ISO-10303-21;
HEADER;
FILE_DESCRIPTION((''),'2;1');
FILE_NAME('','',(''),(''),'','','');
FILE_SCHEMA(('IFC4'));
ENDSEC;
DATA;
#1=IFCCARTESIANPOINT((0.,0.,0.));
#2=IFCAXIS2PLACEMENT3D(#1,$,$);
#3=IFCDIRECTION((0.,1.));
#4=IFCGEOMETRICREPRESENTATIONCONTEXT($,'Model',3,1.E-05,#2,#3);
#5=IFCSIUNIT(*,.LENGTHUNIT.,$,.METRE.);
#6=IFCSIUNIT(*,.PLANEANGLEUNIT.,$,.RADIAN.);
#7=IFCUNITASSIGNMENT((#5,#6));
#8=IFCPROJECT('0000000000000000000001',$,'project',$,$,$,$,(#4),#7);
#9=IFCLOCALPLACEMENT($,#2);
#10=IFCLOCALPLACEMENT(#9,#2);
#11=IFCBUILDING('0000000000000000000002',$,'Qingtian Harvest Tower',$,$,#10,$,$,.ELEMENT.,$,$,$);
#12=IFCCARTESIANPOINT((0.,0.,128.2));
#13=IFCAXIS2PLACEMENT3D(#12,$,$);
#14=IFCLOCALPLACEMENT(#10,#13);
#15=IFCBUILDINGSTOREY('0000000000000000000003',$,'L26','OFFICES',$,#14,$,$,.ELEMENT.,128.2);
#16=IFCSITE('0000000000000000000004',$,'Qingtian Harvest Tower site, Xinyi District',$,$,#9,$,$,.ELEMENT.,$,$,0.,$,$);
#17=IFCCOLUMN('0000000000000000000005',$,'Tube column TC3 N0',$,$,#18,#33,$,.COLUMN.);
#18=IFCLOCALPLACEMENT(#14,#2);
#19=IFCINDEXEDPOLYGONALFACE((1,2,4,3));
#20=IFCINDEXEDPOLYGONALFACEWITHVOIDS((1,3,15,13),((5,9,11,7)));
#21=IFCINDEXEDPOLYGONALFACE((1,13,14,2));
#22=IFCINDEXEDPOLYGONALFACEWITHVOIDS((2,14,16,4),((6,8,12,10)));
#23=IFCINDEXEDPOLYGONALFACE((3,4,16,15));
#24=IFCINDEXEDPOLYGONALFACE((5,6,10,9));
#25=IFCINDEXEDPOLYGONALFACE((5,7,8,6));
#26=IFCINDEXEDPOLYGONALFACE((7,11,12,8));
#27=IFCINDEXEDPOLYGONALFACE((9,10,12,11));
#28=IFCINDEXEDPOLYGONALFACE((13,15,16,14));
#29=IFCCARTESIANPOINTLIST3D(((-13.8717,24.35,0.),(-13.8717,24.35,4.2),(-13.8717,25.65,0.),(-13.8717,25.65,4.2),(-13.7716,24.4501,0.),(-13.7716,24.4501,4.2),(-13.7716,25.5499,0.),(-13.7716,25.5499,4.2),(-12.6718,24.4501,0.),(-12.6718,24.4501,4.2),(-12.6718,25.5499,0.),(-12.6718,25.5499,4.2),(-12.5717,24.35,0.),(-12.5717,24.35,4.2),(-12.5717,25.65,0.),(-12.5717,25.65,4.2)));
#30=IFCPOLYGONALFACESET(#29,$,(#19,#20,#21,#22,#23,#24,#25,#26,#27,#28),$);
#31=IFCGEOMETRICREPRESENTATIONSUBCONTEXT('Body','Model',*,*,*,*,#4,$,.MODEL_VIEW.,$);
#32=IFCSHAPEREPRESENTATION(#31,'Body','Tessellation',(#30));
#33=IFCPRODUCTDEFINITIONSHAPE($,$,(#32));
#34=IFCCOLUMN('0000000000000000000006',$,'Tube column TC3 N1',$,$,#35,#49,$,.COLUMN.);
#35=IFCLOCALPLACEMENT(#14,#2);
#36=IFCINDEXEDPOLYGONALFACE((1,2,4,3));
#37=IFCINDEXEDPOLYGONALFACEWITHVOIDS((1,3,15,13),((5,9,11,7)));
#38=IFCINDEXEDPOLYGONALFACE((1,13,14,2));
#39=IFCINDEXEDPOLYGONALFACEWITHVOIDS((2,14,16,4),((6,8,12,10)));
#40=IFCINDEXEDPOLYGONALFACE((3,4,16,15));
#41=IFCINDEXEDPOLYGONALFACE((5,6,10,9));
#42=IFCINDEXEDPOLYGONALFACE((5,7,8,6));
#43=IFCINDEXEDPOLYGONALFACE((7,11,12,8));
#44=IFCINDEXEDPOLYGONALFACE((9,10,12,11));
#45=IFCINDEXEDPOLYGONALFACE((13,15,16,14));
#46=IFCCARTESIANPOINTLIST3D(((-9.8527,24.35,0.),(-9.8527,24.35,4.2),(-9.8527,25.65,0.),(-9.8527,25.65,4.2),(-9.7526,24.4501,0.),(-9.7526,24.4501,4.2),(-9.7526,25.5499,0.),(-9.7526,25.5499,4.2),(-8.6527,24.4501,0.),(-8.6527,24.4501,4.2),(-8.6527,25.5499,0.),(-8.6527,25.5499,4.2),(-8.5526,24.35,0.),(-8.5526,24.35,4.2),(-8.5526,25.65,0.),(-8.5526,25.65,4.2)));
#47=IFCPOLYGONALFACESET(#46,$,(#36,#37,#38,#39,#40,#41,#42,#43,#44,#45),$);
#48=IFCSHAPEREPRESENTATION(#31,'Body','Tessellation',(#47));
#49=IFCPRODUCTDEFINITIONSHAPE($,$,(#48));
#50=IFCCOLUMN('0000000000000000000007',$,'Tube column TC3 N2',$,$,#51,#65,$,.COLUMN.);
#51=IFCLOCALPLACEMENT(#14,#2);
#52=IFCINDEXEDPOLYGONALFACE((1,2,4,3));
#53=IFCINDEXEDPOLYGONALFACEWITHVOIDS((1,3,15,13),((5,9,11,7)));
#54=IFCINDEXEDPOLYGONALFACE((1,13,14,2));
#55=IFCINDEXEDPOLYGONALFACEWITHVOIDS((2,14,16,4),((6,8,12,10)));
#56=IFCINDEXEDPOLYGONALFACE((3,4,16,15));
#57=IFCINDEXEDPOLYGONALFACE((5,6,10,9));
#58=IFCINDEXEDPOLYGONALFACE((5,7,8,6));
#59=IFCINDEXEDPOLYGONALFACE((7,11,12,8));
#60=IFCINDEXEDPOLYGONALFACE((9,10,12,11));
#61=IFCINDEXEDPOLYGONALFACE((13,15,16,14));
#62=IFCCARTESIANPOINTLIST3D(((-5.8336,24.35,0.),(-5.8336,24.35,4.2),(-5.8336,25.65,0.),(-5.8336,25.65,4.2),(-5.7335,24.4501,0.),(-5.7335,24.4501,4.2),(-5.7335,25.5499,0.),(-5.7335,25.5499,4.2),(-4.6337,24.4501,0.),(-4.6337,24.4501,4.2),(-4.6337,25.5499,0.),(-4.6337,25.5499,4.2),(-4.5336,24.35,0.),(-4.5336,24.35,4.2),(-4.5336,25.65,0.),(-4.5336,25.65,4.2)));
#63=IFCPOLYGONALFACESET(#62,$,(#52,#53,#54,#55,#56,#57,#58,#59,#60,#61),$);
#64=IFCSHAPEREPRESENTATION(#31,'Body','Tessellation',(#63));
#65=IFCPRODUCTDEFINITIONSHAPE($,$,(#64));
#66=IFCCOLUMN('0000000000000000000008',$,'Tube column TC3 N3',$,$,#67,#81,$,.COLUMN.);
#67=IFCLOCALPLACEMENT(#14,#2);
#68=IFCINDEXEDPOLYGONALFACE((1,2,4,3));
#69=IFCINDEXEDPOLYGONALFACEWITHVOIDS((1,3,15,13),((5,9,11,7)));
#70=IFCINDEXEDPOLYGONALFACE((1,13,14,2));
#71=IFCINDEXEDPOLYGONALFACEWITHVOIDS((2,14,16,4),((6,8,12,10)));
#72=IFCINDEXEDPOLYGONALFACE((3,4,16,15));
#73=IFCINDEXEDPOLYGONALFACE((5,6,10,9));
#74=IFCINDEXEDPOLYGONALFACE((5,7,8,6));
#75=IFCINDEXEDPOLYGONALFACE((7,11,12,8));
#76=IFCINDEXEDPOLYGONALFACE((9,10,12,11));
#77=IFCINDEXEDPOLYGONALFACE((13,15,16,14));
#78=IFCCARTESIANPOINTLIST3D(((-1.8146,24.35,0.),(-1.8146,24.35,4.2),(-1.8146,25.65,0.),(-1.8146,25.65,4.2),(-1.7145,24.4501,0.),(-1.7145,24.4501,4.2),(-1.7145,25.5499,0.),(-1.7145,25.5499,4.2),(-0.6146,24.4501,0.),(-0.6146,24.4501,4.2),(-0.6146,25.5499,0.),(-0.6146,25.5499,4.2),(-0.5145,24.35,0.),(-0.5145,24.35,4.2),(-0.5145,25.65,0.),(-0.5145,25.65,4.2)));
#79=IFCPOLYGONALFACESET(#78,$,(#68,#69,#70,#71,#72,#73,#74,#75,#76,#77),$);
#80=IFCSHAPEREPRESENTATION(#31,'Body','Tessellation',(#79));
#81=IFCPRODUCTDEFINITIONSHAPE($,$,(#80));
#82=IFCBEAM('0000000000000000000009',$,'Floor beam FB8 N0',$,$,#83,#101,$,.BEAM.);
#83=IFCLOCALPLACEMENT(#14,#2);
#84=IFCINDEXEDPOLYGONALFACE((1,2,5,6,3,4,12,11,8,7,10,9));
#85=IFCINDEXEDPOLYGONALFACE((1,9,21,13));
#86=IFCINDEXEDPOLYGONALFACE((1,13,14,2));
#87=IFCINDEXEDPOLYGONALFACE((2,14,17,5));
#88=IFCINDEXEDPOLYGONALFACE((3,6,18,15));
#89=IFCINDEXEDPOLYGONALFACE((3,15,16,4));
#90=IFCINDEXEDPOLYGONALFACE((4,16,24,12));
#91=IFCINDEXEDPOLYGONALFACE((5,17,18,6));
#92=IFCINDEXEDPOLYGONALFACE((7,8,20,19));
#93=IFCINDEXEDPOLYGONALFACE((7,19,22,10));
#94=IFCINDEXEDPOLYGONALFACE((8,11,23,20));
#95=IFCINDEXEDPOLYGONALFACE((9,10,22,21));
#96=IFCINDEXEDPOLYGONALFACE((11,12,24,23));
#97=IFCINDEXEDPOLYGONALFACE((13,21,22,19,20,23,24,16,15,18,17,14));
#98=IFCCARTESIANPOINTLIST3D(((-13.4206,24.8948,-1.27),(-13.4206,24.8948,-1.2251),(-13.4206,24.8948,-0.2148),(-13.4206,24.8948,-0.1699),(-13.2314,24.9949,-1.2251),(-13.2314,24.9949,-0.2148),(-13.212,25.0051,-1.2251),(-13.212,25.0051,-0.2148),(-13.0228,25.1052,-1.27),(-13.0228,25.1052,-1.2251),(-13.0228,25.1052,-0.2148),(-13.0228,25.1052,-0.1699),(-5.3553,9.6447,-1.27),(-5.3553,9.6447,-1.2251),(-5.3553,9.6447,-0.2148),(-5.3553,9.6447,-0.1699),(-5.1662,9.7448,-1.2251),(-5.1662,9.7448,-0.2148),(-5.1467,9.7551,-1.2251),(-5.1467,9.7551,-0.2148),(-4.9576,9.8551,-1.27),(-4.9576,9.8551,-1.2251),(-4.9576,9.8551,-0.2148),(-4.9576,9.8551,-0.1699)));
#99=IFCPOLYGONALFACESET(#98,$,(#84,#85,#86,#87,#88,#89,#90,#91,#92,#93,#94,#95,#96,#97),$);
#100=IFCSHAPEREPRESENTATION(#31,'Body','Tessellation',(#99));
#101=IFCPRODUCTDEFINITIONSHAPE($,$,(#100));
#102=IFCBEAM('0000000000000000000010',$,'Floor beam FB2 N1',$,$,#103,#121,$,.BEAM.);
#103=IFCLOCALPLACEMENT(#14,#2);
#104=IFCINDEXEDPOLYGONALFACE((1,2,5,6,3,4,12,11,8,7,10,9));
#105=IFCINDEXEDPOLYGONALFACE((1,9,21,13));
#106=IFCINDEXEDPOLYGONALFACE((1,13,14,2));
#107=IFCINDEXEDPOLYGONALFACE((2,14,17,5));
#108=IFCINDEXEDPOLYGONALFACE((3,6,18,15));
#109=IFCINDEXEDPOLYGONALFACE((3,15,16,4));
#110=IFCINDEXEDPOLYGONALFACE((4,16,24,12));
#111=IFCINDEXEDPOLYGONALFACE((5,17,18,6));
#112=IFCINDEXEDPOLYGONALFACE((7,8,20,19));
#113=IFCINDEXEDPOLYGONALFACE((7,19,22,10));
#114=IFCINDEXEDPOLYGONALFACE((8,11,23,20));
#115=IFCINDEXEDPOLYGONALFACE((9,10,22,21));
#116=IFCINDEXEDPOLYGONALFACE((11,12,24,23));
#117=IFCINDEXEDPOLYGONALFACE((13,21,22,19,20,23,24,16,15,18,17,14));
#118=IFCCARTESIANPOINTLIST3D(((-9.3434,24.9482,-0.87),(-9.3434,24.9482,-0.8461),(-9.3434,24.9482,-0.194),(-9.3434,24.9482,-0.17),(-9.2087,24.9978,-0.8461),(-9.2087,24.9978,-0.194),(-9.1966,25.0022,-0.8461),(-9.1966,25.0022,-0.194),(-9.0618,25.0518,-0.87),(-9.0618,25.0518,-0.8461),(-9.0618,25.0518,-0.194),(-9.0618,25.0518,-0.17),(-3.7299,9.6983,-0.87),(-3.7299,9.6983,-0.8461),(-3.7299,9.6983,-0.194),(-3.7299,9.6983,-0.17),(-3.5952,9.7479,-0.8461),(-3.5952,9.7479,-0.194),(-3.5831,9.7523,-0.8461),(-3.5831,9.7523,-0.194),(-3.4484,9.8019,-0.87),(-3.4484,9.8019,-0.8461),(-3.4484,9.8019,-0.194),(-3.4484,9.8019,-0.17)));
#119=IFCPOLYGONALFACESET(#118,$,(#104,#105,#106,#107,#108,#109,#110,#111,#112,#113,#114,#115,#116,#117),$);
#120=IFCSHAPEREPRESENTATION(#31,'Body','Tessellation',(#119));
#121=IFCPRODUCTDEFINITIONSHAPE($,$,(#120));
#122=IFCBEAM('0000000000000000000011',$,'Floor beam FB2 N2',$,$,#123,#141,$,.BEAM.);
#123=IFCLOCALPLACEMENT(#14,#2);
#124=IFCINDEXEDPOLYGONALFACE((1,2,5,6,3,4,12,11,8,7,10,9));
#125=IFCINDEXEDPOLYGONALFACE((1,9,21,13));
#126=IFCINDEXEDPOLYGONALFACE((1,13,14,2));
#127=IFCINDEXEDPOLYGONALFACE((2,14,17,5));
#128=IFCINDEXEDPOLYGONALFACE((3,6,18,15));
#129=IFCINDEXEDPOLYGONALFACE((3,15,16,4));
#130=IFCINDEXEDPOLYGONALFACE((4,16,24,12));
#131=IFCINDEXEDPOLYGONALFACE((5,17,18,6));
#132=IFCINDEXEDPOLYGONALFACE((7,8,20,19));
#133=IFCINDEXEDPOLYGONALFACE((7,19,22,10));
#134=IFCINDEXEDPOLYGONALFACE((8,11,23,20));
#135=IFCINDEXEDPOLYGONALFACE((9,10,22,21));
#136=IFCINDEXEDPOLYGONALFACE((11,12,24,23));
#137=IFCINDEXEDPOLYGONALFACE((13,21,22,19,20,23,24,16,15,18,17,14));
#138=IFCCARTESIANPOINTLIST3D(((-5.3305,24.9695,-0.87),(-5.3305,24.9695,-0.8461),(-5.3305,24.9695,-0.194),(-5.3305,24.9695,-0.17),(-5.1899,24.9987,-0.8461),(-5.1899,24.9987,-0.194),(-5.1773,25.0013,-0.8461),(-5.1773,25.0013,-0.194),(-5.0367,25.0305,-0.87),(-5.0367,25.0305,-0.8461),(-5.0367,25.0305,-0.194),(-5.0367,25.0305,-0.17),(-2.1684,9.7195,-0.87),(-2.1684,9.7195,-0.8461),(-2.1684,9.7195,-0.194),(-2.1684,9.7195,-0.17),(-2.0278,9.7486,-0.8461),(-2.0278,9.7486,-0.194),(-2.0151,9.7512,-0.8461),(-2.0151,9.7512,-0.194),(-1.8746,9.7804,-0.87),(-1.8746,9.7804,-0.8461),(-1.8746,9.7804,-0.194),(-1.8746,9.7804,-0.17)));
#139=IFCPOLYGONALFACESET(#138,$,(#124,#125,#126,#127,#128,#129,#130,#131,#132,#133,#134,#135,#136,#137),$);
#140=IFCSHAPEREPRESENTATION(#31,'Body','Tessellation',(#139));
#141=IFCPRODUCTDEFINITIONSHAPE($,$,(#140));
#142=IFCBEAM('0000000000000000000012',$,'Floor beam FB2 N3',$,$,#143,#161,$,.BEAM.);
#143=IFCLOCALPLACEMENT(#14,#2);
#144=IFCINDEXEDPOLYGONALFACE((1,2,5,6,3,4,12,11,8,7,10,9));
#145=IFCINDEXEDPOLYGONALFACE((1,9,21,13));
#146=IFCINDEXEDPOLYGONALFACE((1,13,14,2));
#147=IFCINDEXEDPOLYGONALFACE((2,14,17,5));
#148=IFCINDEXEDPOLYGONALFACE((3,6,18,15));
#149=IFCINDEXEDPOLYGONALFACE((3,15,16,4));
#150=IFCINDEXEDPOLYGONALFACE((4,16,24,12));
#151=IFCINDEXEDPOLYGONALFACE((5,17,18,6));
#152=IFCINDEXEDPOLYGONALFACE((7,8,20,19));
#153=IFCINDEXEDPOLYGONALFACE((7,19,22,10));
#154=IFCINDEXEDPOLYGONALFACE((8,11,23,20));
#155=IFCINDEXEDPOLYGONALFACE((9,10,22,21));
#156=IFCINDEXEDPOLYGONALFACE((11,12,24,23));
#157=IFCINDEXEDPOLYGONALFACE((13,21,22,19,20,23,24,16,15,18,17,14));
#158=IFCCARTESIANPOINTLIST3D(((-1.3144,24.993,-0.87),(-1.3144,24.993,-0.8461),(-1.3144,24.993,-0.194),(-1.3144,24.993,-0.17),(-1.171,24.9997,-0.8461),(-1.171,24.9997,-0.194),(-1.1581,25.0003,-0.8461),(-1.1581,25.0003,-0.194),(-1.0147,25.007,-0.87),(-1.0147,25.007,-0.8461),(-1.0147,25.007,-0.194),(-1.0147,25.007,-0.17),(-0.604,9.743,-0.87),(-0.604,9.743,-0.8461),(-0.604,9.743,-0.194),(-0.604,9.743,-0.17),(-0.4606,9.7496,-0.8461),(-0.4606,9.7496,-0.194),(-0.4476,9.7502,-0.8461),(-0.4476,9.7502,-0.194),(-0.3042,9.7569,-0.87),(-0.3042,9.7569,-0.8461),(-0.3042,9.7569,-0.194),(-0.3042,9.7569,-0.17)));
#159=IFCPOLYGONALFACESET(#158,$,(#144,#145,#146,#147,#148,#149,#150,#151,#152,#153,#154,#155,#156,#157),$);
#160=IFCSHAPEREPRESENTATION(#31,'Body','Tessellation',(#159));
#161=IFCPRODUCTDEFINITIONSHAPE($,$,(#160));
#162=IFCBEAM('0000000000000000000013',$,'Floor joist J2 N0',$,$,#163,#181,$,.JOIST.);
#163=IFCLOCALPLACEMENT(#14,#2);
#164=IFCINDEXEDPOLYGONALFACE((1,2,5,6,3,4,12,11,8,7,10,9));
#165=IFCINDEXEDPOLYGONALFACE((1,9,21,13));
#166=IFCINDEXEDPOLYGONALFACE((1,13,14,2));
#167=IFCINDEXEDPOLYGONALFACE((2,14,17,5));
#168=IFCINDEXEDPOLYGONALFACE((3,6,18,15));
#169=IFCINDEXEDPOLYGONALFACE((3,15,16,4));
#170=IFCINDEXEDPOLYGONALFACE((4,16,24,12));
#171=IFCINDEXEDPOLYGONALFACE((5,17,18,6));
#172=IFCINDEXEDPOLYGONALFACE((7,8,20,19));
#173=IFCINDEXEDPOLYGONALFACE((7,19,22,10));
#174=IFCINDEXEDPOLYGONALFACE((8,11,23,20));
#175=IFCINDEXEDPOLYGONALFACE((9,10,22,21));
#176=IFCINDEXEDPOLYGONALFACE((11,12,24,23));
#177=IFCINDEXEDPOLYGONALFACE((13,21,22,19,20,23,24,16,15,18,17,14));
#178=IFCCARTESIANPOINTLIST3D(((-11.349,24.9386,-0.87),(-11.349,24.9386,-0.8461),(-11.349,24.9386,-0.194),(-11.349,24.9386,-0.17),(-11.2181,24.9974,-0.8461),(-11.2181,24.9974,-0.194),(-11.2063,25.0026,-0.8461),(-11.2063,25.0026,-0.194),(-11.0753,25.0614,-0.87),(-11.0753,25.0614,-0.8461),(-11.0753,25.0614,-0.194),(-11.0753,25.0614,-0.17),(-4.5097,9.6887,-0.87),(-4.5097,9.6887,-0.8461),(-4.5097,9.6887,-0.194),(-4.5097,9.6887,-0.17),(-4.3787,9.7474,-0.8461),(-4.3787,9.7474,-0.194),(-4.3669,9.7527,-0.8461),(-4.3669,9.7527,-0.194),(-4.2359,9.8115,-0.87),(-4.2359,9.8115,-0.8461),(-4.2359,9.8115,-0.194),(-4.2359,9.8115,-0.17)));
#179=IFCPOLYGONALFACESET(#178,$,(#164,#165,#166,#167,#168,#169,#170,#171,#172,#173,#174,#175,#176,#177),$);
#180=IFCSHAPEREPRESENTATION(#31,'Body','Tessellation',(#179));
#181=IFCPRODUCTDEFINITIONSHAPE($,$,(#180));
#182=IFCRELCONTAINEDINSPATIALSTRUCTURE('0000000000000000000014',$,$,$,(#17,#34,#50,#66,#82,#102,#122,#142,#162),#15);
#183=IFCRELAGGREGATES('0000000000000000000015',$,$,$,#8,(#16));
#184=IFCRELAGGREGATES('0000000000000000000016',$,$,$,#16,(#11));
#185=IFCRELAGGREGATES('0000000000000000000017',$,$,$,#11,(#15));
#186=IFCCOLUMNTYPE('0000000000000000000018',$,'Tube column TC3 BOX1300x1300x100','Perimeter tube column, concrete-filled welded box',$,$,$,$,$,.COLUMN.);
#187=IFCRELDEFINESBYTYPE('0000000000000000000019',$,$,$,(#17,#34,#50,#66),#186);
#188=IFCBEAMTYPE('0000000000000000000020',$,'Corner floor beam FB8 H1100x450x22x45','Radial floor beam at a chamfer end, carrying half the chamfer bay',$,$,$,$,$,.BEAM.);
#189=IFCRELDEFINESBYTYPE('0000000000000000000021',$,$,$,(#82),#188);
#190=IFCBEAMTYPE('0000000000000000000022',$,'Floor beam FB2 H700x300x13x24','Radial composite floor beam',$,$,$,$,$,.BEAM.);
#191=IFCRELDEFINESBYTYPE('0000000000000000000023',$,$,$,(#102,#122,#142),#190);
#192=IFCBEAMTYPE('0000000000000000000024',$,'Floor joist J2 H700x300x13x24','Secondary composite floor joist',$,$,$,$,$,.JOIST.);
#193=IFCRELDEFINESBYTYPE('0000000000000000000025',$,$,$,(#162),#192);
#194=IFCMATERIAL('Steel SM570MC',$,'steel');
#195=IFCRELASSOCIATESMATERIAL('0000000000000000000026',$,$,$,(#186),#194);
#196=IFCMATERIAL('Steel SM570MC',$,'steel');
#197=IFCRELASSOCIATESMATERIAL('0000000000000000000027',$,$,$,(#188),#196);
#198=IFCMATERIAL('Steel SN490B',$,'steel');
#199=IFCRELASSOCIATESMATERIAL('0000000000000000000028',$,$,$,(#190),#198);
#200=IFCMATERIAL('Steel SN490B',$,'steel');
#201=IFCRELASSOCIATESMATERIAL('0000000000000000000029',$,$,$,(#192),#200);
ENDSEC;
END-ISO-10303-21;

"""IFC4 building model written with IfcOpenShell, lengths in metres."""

from ifc_helpers import new_model, si_unit, direction, frame, origin, origin_2d, place, context, subcontext, project, spatial, hollow_rectangle, i_section, extrude, material, material_profile, profile_set, type_object, element, save


model = new_model("IFC4")

# Units and contexts
model_context = context("Model", 3, precision=1e-05, world=origin(), true_north=direction((0.0, 1.0)))
body_context = subcontext(model_context, "Body", "Model", "MODEL_VIEW")
ifc_project = project(units=[si_unit("LENGTHUNIT", "METRE"), si_unit("PLANEANGLEUNIT", "RADIAN")], contexts=[model_context])

# Site, building, storey
site_placement = place(None, origin())
site = spatial("IfcSite", under=ifc_project, at=site_placement, Name="Qingtian Harvest Tower site, Xinyi District", CompositionType="ELEMENT", RefElevation=0.0)
building_placement = place(site_placement, origin())
building = spatial("IfcBuilding", under=site, at=building_placement, Name="Qingtian Harvest Tower", CompositionType="ELEMENT")
storey_placement = place(building_placement, frame((0.0, 0.0, 128.2)))
storey = spatial("IfcBuildingStorey", under=building, at=storey_placement, Name="L26", Description="OFFICES", CompositionType="ELEMENT", Elevation=128.2)

# Columns
ifc_material_1 = material(Name="Steel SM570MC", Category="steel")
ifc_material_profile_1 = material_profile(ifc_material_1, hollow_rectangle(XDim=1.3, YDim=1.3, WallThickness=0.1001, at=origin_2d()), Name="BOX1300x1300x100")
ifc_profile_set_1 = profile_set([ifc_material_profile_1], Name="Steel SM570MC")
column_type = type_object("IfcColumnType", Name="Tube column TC3 BOX1300x1300x100", Description="Perimeter tube column, concrete-filled welded box", PredefinedType="COLUMN", material=ifc_profile_set_1)
for number, where, z_axis, x_axis, name in (
    (1, (-13.2217, 25.0, 0.0), (0.0, 0.0, 1.0), (-1.0, 0.0, 0.0), "Tube column TC3 N0"),
    (2, (-9.2026, 25.0, 0.0), (0.0, 0.0, 1.0), (-1.0, 0.0, 0.0), "Tube column TC3 N1"),
    (3, (-5.1836, 25.0, 0.0), (0.0, 0.0, 1.0), (-1.0, 0.0, 0.0), "Tube column TC3 N2"),
    (4, (-1.1646, 25.0, 0.0), (0.0, 0.0, 1.0), (-1.0, 0.0, 0.0), "Tube column TC3 N3"),
):
    element("IfcColumn", number, at=place(storey_placement, frame(where, z_axis=z_axis, x_axis=x_axis)), inside=storey, type_object=column_type, Name=name, PredefinedType="COLUMN", context=body_context, shape_type="SweptSolid", body=[
        extrude(hollow_rectangle(XDim=1.3, YDim=1.3, WallThickness=0.1001, at=origin_2d()), origin(), (0.0, 0.0, 1.0), 4.2),
    ])

# Beams
ifc_material_2 = material(Name="Steel SM570MC", Category="steel")
ifc_material_profile_2 = material_profile(ifc_material_2, i_section(OverallWidth=0.45, OverallDepth=1.1001, WebThickness=0.022, FlangeThickness=0.0449, at=origin_2d()), Name="H1100x450x22x45")
ifc_profile_set_2 = profile_set([ifc_material_profile_2], Name="Steel SM570MC")
beam_type_1 = type_object("IfcBeamType", Name="Corner floor beam FB8 H1100x450x22x45", Description="Radial floor beam at a chamfer end, carrying half the chamfer bay", PredefinedType="BEAM", material=ifc_profile_set_2)
beam_1_placement = place(storey_placement, frame((-13.2217, 25.0, -0.72), z_axis=(0.46751, -0.883988, 0.0), x_axis=(0.883988, 0.46751, 0.0)))
element("IfcBeam", 5, at=beam_1_placement, inside=storey, type_object=beam_type_1, Name="Floor beam FB8 N0", PredefinedType="BEAM", context=body_context, shape_type="SweptSolid", body=[
    extrude(i_section(OverallWidth=0.45, OverallDepth=1.1001, WebThickness=0.022, FlangeThickness=0.0449, at=origin_2d()), origin(), (0.0, 0.0, 1.0), 17.2515),
])
ifc_material_3 = material(Name="Steel SN490B", Category="steel")
ifc_material_profile_3 = material_profile(ifc_material_3, i_section(OverallWidth=0.3, OverallDepth=0.7, WebThickness=0.0129, FlangeThickness=0.0239, at=origin_2d()), Name="H700x300x13x24")
ifc_profile_set_3 = profile_set([ifc_material_profile_3], Name="Steel SN490B")
beam_type_2 = type_object("IfcBeamType", Name="Floor beam FB2 H700x300x13x24", Description="Radial composite floor beam", PredefinedType="BEAM", material=ifc_profile_set_3)
beam_2_placement = place(storey_placement, frame((-9.2026, 25.0, -0.52), z_axis=(0.34544, -0.938441, 0.0), x_axis=(0.938441, 0.34544, 0.0)))
element("IfcBeam", 6, at=beam_2_placement, inside=storey, type_object=beam_type_2, Name="Floor beam FB2 N1", PredefinedType="BEAM", context=body_context, shape_type="SweptSolid", body=[
    extrude(i_section(OverallWidth=0.3, OverallDepth=0.7, WebThickness=0.0129, FlangeThickness=0.0239, at=origin_2d()), origin(), (0.0, 0.0, 1.0), 16.2502),
])
beam_3_placement = place(storey_placement, frame((-5.1836, 25.0, -0.52), z_axis=(0.203033, -0.979172, 0.0), x_axis=(0.979172, 0.203033, 0.0)))
element("IfcBeam", 7, at=beam_3_placement, inside=storey, type_object=beam_type_2, Name="Floor beam FB2 N2", PredefinedType="BEAM", context=body_context, shape_type="SweptSolid", body=[
    extrude(i_section(OverallWidth=0.3, OverallDepth=0.7, WebThickness=0.0129, FlangeThickness=0.0239, at=origin_2d()), origin(), (0.0, 0.0, 1.0), 15.5745),
])
beam_4_placement = place(storey_placement, frame((-1.1646, 25.0, -0.52), z_axis=(0.046536, -0.998917, 0.0), x_axis=(0.998917, 0.046536, 0.0)))
element("IfcBeam", 8, at=beam_4_placement, inside=storey, type_object=beam_type_2, Name="Floor beam FB2 N3", PredefinedType="BEAM", context=body_context, shape_type="SweptSolid", body=[
    extrude(i_section(OverallWidth=0.3, OverallDepth=0.7, WebThickness=0.0129, FlangeThickness=0.0239, at=origin_2d()), origin(), (0.0, 0.0, 1.0), 15.2666),
])
ifc_material_4 = material(Name="Steel SN490B", Category="steel")
ifc_material_profile_4 = material_profile(ifc_material_4, i_section(OverallWidth=0.3, OverallDepth=0.7, WebThickness=0.0129, FlangeThickness=0.0239, at=origin_2d()), Name="H700x300x13x24")
ifc_profile_set_4 = profile_set([ifc_material_profile_4], Name="Steel SN490B")
beam_type_3 = type_object("IfcBeamType", Name="Floor joist J2 H700x300x13x24", Description="Secondary composite floor joist", PredefinedType="JOIST", material=ifc_profile_set_4)
beam_5_placement = place(storey_placement, frame((-11.2122, 25.0, -0.52), z_axis=(0.409213, -0.912439, 0.0), x_axis=(0.912439, 0.409213, 0.0)))
element("IfcBeam", 9, at=beam_5_placement, inside=storey, type_object=beam_type_3, Name="Floor joist J2 N0", PredefinedType="JOIST", context=body_context, shape_type="SweptSolid", body=[
    extrude(i_section(OverallWidth=0.3, OverallDepth=0.7, WebThickness=0.0129, FlangeThickness=0.0239, at=origin_2d()), origin(), (0.0, 0.0, 1.0), 16.7134),
])

save(model, "model.ifc")
